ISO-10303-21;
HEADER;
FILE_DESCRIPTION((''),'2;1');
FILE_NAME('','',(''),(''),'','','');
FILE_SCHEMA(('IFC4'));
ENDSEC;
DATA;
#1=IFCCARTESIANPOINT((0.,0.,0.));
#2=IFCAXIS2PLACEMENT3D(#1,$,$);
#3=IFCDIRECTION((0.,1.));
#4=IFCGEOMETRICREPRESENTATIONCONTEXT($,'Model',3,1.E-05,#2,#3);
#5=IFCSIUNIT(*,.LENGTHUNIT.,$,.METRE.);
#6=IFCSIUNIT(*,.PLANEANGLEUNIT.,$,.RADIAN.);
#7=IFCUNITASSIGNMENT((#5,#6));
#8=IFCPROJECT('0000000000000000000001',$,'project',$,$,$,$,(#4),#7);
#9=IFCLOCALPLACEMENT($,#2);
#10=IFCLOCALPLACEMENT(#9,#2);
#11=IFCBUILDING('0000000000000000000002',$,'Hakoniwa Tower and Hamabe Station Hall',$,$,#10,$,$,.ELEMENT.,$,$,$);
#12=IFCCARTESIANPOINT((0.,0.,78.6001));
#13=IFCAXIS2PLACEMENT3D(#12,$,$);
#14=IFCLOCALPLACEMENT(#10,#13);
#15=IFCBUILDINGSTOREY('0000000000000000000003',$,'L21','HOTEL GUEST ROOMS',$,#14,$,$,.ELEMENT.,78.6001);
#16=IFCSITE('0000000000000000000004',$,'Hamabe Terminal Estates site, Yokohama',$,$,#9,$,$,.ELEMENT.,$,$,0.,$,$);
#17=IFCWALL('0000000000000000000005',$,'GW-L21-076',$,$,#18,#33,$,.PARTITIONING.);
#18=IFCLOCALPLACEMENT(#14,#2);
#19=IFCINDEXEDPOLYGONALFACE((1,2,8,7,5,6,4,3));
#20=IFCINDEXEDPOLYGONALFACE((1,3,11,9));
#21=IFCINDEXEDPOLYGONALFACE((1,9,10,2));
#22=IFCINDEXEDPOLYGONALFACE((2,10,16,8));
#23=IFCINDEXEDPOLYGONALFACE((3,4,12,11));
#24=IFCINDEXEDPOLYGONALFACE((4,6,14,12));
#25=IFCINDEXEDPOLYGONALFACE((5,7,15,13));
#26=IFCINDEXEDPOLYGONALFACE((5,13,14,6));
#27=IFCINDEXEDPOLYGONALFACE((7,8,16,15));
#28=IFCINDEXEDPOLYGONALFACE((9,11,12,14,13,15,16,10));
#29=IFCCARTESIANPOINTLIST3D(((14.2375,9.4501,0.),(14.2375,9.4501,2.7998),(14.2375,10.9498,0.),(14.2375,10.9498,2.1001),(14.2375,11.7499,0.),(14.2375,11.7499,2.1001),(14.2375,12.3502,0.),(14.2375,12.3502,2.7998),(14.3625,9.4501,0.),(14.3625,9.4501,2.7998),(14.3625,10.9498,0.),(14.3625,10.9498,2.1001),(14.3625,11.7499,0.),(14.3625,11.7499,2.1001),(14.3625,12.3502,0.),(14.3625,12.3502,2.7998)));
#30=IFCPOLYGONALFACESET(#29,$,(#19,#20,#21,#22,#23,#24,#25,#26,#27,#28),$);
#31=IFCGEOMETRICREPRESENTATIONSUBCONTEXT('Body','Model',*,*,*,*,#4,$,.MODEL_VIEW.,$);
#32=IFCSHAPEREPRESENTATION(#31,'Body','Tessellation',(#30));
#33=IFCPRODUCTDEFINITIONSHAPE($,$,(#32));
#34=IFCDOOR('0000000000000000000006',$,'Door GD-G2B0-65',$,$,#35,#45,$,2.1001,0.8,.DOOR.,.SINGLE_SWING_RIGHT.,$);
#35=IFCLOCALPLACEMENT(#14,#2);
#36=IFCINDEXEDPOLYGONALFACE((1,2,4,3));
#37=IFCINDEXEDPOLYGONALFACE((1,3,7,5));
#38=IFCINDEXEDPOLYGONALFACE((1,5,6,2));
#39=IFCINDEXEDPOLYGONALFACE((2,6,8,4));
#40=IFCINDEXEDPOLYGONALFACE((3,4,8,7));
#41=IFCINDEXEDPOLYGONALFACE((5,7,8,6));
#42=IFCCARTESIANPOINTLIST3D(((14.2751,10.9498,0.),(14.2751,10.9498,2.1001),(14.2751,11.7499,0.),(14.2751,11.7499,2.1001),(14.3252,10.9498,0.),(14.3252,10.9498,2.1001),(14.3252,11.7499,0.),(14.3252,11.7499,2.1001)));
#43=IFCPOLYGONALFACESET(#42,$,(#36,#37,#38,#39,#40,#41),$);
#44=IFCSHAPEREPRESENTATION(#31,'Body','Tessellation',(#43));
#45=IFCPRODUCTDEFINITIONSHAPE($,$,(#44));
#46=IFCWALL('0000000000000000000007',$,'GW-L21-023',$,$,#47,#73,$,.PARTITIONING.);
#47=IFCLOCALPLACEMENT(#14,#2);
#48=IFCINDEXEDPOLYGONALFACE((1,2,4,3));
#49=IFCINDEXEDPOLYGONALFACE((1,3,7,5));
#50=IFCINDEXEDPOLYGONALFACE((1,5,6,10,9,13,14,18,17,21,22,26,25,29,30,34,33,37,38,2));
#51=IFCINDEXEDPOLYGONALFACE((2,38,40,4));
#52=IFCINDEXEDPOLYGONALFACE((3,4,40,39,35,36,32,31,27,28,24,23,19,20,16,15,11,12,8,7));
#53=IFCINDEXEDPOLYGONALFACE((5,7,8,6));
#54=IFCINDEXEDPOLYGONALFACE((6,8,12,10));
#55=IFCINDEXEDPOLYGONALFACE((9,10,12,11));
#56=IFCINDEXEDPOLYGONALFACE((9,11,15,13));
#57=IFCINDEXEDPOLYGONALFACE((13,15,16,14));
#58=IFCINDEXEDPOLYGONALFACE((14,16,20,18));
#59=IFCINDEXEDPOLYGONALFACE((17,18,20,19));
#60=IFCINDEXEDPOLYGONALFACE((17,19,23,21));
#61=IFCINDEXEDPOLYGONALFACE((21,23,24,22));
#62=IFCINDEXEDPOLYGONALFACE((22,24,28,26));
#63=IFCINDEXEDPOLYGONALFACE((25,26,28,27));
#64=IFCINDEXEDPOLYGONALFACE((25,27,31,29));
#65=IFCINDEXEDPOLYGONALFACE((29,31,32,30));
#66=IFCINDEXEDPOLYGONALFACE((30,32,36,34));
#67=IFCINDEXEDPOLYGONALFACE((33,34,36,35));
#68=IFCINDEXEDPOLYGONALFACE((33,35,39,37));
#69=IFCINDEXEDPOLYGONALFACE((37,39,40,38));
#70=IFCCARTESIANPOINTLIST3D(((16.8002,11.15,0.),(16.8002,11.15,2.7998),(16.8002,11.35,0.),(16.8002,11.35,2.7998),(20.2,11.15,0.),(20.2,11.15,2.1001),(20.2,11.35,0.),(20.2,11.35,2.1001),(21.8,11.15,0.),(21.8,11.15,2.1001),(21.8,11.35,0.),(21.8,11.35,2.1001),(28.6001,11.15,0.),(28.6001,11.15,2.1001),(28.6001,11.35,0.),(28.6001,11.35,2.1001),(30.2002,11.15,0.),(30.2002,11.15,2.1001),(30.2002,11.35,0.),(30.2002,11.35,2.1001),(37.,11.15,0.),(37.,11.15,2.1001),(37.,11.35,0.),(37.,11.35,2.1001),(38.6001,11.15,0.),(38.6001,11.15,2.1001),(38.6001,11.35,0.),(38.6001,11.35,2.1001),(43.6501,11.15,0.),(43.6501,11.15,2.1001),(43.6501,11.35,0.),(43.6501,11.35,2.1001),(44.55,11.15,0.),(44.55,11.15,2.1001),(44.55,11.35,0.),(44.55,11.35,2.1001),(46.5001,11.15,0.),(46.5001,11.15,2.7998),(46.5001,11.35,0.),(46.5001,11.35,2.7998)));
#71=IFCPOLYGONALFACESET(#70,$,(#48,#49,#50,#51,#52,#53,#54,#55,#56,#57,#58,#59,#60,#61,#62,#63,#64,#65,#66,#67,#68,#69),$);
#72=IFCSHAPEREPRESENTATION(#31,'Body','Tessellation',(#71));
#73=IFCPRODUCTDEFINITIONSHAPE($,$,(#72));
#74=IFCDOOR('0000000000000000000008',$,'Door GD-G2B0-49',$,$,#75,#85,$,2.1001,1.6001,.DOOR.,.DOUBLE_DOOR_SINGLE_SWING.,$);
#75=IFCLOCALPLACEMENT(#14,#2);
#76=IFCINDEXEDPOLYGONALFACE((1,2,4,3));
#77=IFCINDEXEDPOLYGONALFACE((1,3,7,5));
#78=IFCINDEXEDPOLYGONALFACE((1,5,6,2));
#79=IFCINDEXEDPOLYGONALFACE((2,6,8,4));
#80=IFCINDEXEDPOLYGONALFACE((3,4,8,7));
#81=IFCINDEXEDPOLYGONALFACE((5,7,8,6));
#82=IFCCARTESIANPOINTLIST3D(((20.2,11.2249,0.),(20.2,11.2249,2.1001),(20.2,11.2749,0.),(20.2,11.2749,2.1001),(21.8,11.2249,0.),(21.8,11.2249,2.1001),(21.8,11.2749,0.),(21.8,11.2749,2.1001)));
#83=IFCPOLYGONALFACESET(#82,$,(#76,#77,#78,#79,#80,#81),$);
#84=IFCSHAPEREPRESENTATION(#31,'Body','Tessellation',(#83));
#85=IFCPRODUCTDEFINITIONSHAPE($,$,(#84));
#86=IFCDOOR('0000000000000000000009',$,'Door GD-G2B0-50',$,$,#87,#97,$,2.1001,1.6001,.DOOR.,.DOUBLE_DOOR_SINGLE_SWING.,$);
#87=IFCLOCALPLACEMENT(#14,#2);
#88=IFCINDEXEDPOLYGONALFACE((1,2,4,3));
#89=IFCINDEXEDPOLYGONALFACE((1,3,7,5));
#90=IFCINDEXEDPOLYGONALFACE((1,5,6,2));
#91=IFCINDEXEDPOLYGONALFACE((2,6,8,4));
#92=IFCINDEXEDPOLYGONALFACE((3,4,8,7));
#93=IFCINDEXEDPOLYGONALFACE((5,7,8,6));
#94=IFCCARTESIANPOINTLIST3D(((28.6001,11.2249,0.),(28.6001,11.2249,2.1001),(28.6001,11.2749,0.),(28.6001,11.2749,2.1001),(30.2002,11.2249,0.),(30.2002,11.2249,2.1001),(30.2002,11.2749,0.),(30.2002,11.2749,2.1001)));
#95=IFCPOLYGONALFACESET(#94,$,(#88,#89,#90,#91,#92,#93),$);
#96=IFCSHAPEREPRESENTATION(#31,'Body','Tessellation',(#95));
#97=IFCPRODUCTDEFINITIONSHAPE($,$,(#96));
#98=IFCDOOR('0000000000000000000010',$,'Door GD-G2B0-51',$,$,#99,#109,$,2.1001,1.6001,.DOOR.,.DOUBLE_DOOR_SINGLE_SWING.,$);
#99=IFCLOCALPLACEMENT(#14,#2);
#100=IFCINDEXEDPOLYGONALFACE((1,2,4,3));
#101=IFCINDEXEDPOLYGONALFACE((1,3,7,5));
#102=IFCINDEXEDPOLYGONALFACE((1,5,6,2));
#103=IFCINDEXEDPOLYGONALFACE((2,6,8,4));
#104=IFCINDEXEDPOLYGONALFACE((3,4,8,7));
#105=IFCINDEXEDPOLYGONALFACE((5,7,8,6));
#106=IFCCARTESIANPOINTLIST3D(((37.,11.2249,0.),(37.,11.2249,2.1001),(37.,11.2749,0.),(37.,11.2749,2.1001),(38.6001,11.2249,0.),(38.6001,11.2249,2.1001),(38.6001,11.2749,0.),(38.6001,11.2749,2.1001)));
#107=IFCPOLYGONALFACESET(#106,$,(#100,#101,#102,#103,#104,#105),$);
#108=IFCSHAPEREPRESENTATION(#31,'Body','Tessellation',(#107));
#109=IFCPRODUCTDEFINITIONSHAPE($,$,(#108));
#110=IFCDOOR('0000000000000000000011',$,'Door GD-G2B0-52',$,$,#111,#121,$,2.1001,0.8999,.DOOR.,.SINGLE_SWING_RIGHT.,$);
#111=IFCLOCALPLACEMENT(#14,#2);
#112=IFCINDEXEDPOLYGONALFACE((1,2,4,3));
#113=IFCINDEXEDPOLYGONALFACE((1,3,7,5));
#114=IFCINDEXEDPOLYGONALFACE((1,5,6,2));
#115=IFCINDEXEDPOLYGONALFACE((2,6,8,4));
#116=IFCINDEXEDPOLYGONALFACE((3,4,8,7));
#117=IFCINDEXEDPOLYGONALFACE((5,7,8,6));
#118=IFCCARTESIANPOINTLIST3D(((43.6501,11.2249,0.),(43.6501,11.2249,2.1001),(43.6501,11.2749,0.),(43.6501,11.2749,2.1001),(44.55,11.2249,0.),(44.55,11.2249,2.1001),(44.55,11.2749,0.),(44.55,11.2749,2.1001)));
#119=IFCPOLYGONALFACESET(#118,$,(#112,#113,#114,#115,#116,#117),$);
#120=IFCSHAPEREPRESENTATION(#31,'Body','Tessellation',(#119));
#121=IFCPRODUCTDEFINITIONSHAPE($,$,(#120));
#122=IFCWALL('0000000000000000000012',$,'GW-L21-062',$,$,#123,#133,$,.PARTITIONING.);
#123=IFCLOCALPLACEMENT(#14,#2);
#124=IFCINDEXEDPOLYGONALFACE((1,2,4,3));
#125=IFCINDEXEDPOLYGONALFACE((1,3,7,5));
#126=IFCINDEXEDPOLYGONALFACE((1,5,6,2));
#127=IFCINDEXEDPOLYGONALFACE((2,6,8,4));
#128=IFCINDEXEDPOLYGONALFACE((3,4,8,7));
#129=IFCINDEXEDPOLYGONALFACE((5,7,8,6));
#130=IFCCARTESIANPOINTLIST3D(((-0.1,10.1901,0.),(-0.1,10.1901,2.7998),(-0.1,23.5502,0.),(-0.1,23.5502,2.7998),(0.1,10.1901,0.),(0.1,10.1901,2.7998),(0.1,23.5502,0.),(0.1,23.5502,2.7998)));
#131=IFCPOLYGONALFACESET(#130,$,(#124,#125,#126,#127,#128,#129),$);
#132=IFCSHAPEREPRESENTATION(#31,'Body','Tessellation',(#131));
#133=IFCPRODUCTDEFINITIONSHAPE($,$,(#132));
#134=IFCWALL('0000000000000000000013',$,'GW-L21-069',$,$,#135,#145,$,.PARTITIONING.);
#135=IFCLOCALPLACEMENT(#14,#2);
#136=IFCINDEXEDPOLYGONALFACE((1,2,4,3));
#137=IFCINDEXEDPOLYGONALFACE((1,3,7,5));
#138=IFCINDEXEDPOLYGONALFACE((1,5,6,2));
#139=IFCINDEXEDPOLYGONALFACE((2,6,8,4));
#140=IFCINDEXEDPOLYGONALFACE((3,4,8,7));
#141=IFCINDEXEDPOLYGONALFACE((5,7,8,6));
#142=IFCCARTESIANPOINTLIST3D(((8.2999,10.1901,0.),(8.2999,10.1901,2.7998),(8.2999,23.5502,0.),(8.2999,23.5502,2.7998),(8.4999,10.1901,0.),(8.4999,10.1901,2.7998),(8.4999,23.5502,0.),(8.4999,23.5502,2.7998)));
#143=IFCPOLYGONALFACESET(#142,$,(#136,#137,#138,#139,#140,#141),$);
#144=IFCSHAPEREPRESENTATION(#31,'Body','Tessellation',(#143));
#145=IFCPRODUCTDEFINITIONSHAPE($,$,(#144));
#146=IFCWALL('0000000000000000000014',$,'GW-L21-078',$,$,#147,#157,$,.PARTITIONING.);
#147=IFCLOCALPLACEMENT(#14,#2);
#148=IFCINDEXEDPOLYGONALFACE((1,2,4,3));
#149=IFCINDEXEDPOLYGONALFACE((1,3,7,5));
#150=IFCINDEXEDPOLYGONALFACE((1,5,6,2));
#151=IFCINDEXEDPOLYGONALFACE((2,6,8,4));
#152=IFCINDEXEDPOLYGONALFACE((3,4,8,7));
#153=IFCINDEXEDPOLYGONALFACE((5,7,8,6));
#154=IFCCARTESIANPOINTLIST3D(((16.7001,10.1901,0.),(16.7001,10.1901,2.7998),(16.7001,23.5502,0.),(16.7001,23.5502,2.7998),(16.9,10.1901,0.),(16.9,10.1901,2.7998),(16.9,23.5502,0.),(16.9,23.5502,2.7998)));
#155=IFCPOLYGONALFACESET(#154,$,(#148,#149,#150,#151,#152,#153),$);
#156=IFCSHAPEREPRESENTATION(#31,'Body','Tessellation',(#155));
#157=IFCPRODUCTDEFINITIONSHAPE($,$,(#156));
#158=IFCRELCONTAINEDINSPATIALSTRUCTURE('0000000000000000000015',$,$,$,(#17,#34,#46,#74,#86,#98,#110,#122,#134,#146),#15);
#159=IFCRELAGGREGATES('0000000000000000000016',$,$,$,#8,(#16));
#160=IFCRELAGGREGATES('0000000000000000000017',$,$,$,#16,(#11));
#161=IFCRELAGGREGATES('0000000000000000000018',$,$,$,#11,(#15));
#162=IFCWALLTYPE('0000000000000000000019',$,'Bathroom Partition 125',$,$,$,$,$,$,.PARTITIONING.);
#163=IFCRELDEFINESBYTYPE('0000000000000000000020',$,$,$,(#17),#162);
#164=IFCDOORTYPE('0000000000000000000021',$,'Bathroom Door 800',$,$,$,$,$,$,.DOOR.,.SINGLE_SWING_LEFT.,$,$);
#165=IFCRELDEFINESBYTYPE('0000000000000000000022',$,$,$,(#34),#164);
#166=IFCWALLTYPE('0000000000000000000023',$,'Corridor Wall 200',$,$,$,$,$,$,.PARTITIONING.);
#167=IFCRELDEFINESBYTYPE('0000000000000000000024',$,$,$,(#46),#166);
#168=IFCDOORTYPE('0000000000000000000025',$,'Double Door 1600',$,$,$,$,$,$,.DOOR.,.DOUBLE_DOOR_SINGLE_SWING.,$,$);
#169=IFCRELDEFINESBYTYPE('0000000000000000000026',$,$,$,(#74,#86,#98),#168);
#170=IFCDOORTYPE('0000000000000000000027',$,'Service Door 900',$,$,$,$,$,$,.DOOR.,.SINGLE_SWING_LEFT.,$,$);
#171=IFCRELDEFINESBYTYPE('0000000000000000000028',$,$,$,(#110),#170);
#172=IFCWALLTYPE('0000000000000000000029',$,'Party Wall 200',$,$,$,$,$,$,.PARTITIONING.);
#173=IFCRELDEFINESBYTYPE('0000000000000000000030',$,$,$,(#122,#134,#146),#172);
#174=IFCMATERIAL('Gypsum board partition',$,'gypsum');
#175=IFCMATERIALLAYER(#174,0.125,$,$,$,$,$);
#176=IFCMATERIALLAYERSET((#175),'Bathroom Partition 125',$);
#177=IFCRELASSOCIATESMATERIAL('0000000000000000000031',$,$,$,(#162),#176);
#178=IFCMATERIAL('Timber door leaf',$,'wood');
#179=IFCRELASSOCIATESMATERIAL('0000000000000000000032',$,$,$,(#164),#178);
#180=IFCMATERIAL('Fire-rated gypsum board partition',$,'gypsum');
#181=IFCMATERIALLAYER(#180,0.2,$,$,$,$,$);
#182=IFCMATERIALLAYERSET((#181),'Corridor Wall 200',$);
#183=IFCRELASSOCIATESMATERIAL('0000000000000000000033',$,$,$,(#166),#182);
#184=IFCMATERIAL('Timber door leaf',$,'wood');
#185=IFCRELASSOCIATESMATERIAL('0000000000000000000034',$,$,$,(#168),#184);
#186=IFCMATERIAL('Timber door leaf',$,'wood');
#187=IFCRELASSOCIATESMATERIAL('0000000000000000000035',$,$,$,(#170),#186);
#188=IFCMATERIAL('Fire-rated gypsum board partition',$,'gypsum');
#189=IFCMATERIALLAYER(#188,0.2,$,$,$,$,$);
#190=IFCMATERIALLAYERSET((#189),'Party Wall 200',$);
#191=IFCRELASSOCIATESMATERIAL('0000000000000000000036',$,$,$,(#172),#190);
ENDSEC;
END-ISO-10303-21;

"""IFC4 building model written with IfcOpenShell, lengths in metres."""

from ifc_helpers import new_model, si_unit, direction, frame, frame_2d, origin, place, context, subcontext, project, spatial, rectangle, extrude, material, layer, layer_set, type_object, element, fill, save


model = new_model("IFC4")

# Units and contexts
model_context = context("Model", 3, precision=1e-05, world=origin(), true_north=direction((0.0, 1.0)))
body_context = subcontext(model_context, "Body", "Model", "MODEL_VIEW")
ifc_project = project(units=[si_unit("LENGTHUNIT", "METRE"), si_unit("PLANEANGLEUNIT", "RADIAN")], contexts=[model_context])

# Site, building, storey
site_placement = place(None, origin())
site = spatial("IfcSite", under=ifc_project, at=site_placement, Name="Hamabe Terminal Estates site, Yokohama", CompositionType="ELEMENT", RefElevation=0.0)
building_placement = place(site_placement, origin())
building = spatial("IfcBuilding", under=site, at=building_placement, Name="Hakoniwa Tower and Hamabe Station Hall", CompositionType="ELEMENT")
storey_placement = place(building_placement, frame((0.0, 0.0, 78.6001)))
storey = spatial("IfcBuildingStorey", under=building, at=storey_placement, Name="L21", Description="HOTEL GUEST ROOMS", CompositionType="ELEMENT", Elevation=78.6001)

# Shared definitions
ifc_material_1 = material(Name="Gypsum board partition", Category="gypsum")
ifc_layer_1 = layer(ifc_material_1, 0.125)
ifc_layer_set_1 = layer_set([ifc_layer_1], Name="Bathroom Partition 125")
wall_type_1 = type_object("IfcWallType", Name="Bathroom Partition 125", PredefinedType="PARTITIONING", material=ifc_layer_set_1)

# Wall, opening, door
wall_1_placement = place(storey_placement, frame((14.3, 9.45, 0.0), z_axis=(0.0, 0.0, 1.0), x_axis=(0.0, 1.0, 0.0)))
wall_1 = element("IfcWall", 1, at=wall_1_placement, inside=storey, type_object=wall_type_1, Name="GW-L21-076", PredefinedType="PARTITIONING", context=body_context, shape_type="SweptSolid", body=[
    extrude(rectangle(XDim=2.9001, YDim=0.125, at=frame_2d((1.4502, 0.0))), origin(), (0.0, 0.0, 1.0), 2.7998),
])
opening_1_placement = place(wall_1_placement, frame((1.5, 0.0, 0.0)))
opening_1 = element("IfcOpeningElement", 2, at=opening_1_placement, cuts=wall_1, PredefinedType="OPENING", context=body_context, shape_type="SweptSolid", body=[
    extrude(rectangle(XDim=0.8, YDim=2.1001, at=frame_2d((0.3999, 1.05))), frame((0.0, 0.0725, 0.0), z_axis=(0.0, -1.0, 0.0), x_axis=(1.0, 0.0, 0.0)), (0.0, 0.0, 1.0), 0.145),
])
ifc_material_2 = material(Name="Timber door leaf", Category="wood")
door_type_1 = type_object("IfcDoorType", Name="Bathroom Door 800", OperationType="SINGLE_SWING_LEFT", PredefinedType="DOOR", material=ifc_material_2)
door_1_placement = place(opening_1_placement, origin())
door_1 = element("IfcDoor", 3, at=door_1_placement, inside=storey, type_object=door_type_1, Name="Door GD-G2B0-65", OperationType="SINGLE_SWING_RIGHT", OverallHeight=2.1001, OverallWidth=0.8, PredefinedType="DOOR", context=body_context, shape_type="SweptSolid", body=[
    extrude(rectangle(XDim=0.8, YDim=2.1001, at=frame_2d((0.3999, 1.05))), frame((0.0, 0.0249, 0.0), z_axis=(0.0, -1.0, 0.0), x_axis=(1.0, 0.0, 0.0)), (0.0, 0.0, 1.0), 0.05),
])
fill(opening_1, door_1)

# Wall, openings, doors
ifc_material_3 = material(Name="Fire-rated gypsum board partition", Category="gypsum")
ifc_layer_2 = layer(ifc_material_3, 0.2)
ifc_layer_set_2 = layer_set([ifc_layer_2], Name="Corridor Wall 200")
wall_type_2 = type_object("IfcWallType", Name="Corridor Wall 200", PredefinedType="PARTITIONING", material=ifc_layer_set_2)
wall_2_placement = place(storey_placement, frame((16.8, 11.25, 0.0), z_axis=(0.0, 0.0, 1.0), x_axis=(1.0, 0.0, 0.0)))
wall_2 = element("IfcWall", 4, at=wall_2_placement, inside=storey, type_object=wall_type_2, Name="GW-L21-023", PredefinedType="PARTITIONING", context=body_context, shape_type="SweptSolid", body=[
    extrude(rectangle(XDim=29.7, YDim=0.2, at=frame_2d((14.8501, 0.0))), origin(), (0.0, 0.0, 1.0), 2.7998),
])
opening_2_placement = place(wall_2_placement, frame((3.3999, 0.0, 0.0)))
opening_2 = element("IfcOpeningElement", 5, at=opening_2_placement, cuts=wall_2, PredefinedType="OPENING", context=body_context, shape_type="SweptSolid", body=[
    extrude(rectangle(XDim=1.6001, YDim=2.1001, at=frame_2d((0.8, 1.05))), frame((0.0, 0.1099, 0.0), z_axis=(0.0, -1.0, 0.0), x_axis=(1.0, 0.0, 0.0)), (0.0, 0.0, 1.0), 0.22),
])
opening_3_placement = place(wall_2_placement, frame((11.8, 0.0, 0.0)))
opening_3 = element("IfcOpeningElement", 6, at=opening_3_placement, cuts=wall_2, PredefinedType="OPENING", context=body_context, shape_type="SweptSolid", body=[
    extrude(rectangle(XDim=1.6001, YDim=2.1001, at=frame_2d((0.8, 1.05))), frame((0.0, 0.1099, 0.0), z_axis=(0.0, -1.0, 0.0), x_axis=(1.0, 0.0, 0.0)), (0.0, 0.0, 1.0), 0.22),
])
opening_4_placement = place(wall_2_placement, frame((20.2, 0.0, 0.0)))
opening_4 = element("IfcOpeningElement", 7, at=opening_4_placement, cuts=wall_2, PredefinedType="OPENING", context=body_context, shape_type="SweptSolid", body=[
    extrude(rectangle(XDim=1.6001, YDim=2.1001, at=frame_2d((0.8, 1.05))), frame((0.0, 0.1099, 0.0), z_axis=(0.0, -1.0, 0.0), x_axis=(1.0, 0.0, 0.0)), (0.0, 0.0, 1.0), 0.22),
])
opening_5_placement = place(wall_2_placement, frame((26.8501, 0.0, 0.0)))
opening_5 = element("IfcOpeningElement", 8, at=opening_5_placement, cuts=wall_2, PredefinedType="OPENING", context=body_context, shape_type="SweptSolid", body=[
    extrude(rectangle(XDim=0.8999, YDim=2.1001, at=frame_2d((0.45, 1.05))), frame((0.0, 0.1099, 0.0), z_axis=(0.0, -1.0, 0.0), x_axis=(1.0, 0.0, 0.0)), (0.0, 0.0, 1.0), 0.22),
])
ifc_material_4 = material(Name="Timber door leaf", Category="wood")
door_type_2 = type_object("IfcDoorType", Name="Double Door 1600", OperationType="DOUBLE_DOOR_SINGLE_SWING", PredefinedType="DOOR", material=ifc_material_4)
door_2_placement = place(opening_2_placement, origin())
door_2 = element("IfcDoor", 9, at=door_2_placement, inside=storey, type_object=door_type_2, Name="Door GD-G2B0-49", OperationType="DOUBLE_DOOR_SINGLE_SWING", OverallHeight=2.1001, OverallWidth=1.6001, PredefinedType="DOOR", context=body_context, shape_type="SweptSolid", body=[
    extrude(rectangle(XDim=1.6001, YDim=2.1001, at=frame_2d((0.8, 1.05))), frame((0.0, 0.0249, 0.0), z_axis=(0.0, -1.0, 0.0), x_axis=(1.0, 0.0, 0.0)), (0.0, 0.0, 1.0), 0.05),
])
fill(opening_2, door_2)
door_3_placement = place(opening_3_placement, origin())
door_3 = element("IfcDoor", 10, at=door_3_placement, inside=storey, type_object=door_type_2, Name="Door GD-G2B0-50", OperationType="DOUBLE_DOOR_SINGLE_SWING", OverallHeight=2.1001, OverallWidth=1.6001, PredefinedType="DOOR", context=body_context, shape_type="SweptSolid", body=[
    extrude(rectangle(XDim=1.6001, YDim=2.1001, at=frame_2d((0.8, 1.05))), frame((0.0, 0.0249, 0.0), z_axis=(0.0, -1.0, 0.0), x_axis=(1.0, 0.0, 0.0)), (0.0, 0.0, 1.0), 0.05),
])
fill(opening_3, door_3)
door_4_placement = place(opening_4_placement, origin())
door_4 = element("IfcDoor", 11, at=door_4_placement, inside=storey, type_object=door_type_2, Name="Door GD-G2B0-51", OperationType="DOUBLE_DOOR_SINGLE_SWING", OverallHeight=2.1001, OverallWidth=1.6001, PredefinedType="DOOR", context=body_context, shape_type="SweptSolid", body=[
    extrude(rectangle(XDim=1.6001, YDim=2.1001, at=frame_2d((0.8, 1.05))), frame((0.0, 0.0249, 0.0), z_axis=(0.0, -1.0, 0.0), x_axis=(1.0, 0.0, 0.0)), (0.0, 0.0, 1.0), 0.05),
])
fill(opening_4, door_4)
ifc_material_5 = material(Name="Timber door leaf", Category="wood")
door_type_3 = type_object("IfcDoorType", Name="Service Door 900", OperationType="SINGLE_SWING_LEFT", PredefinedType="DOOR", material=ifc_material_5)
door_5_placement = place(opening_5_placement, origin())
door_5 = element("IfcDoor", 12, at=door_5_placement, inside=storey, type_object=door_type_3, Name="Door GD-G2B0-52", OperationType="SINGLE_SWING_RIGHT", OverallHeight=2.1001, OverallWidth=0.8999, PredefinedType="DOOR", context=body_context, shape_type="SweptSolid", body=[
    extrude(rectangle(XDim=0.8999, YDim=2.1001, at=frame_2d((0.45, 1.05))), frame((0.0, 0.0249, 0.0), z_axis=(0.0, -1.0, 0.0), x_axis=(1.0, 0.0, 0.0)), (0.0, 0.0, 1.0), 0.05),
])
fill(opening_5, door_5)

# Walls
ifc_material_6 = material(Name="Fire-rated gypsum board partition", Category="gypsum")
ifc_layer_3 = layer(ifc_material_6, 0.2)
ifc_layer_set_3 = layer_set([ifc_layer_3], Name="Party Wall 200")
wall_type_3 = type_object("IfcWallType", Name="Party Wall 200", PredefinedType="PARTITIONING", material=ifc_layer_set_3)
for number, where, z_axis, x_axis, name in (
    (13, (0.0, 10.1899, 0.0), (0.0, 0.0, 1.0), (0.0, 1.0, 0.0), "GW-L21-062"),
    (14, (8.3999, 10.1899, 0.0), (0.0, 0.0, 1.0), (0.0, 1.0, 0.0), "GW-L21-069"),
    (15, (16.8, 10.1899, 0.0), (0.0, 0.0, 1.0), (0.0, 1.0, 0.0), "GW-L21-078"),
):
    element("IfcWall", number, at=place(storey_placement, frame(where, z_axis=z_axis, x_axis=x_axis)), inside=storey, type_object=wall_type_3, Name=name, PredefinedType="PARTITIONING", context=body_context, shape_type="SweptSolid", body=[
        extrude(rectangle(XDim=13.3601, YDim=0.2, at=frame_2d((6.6802, 0.0))), origin(), (0.0, 0.0, 1.0), 2.7998),
    ])

save(model, "model.ifc")
